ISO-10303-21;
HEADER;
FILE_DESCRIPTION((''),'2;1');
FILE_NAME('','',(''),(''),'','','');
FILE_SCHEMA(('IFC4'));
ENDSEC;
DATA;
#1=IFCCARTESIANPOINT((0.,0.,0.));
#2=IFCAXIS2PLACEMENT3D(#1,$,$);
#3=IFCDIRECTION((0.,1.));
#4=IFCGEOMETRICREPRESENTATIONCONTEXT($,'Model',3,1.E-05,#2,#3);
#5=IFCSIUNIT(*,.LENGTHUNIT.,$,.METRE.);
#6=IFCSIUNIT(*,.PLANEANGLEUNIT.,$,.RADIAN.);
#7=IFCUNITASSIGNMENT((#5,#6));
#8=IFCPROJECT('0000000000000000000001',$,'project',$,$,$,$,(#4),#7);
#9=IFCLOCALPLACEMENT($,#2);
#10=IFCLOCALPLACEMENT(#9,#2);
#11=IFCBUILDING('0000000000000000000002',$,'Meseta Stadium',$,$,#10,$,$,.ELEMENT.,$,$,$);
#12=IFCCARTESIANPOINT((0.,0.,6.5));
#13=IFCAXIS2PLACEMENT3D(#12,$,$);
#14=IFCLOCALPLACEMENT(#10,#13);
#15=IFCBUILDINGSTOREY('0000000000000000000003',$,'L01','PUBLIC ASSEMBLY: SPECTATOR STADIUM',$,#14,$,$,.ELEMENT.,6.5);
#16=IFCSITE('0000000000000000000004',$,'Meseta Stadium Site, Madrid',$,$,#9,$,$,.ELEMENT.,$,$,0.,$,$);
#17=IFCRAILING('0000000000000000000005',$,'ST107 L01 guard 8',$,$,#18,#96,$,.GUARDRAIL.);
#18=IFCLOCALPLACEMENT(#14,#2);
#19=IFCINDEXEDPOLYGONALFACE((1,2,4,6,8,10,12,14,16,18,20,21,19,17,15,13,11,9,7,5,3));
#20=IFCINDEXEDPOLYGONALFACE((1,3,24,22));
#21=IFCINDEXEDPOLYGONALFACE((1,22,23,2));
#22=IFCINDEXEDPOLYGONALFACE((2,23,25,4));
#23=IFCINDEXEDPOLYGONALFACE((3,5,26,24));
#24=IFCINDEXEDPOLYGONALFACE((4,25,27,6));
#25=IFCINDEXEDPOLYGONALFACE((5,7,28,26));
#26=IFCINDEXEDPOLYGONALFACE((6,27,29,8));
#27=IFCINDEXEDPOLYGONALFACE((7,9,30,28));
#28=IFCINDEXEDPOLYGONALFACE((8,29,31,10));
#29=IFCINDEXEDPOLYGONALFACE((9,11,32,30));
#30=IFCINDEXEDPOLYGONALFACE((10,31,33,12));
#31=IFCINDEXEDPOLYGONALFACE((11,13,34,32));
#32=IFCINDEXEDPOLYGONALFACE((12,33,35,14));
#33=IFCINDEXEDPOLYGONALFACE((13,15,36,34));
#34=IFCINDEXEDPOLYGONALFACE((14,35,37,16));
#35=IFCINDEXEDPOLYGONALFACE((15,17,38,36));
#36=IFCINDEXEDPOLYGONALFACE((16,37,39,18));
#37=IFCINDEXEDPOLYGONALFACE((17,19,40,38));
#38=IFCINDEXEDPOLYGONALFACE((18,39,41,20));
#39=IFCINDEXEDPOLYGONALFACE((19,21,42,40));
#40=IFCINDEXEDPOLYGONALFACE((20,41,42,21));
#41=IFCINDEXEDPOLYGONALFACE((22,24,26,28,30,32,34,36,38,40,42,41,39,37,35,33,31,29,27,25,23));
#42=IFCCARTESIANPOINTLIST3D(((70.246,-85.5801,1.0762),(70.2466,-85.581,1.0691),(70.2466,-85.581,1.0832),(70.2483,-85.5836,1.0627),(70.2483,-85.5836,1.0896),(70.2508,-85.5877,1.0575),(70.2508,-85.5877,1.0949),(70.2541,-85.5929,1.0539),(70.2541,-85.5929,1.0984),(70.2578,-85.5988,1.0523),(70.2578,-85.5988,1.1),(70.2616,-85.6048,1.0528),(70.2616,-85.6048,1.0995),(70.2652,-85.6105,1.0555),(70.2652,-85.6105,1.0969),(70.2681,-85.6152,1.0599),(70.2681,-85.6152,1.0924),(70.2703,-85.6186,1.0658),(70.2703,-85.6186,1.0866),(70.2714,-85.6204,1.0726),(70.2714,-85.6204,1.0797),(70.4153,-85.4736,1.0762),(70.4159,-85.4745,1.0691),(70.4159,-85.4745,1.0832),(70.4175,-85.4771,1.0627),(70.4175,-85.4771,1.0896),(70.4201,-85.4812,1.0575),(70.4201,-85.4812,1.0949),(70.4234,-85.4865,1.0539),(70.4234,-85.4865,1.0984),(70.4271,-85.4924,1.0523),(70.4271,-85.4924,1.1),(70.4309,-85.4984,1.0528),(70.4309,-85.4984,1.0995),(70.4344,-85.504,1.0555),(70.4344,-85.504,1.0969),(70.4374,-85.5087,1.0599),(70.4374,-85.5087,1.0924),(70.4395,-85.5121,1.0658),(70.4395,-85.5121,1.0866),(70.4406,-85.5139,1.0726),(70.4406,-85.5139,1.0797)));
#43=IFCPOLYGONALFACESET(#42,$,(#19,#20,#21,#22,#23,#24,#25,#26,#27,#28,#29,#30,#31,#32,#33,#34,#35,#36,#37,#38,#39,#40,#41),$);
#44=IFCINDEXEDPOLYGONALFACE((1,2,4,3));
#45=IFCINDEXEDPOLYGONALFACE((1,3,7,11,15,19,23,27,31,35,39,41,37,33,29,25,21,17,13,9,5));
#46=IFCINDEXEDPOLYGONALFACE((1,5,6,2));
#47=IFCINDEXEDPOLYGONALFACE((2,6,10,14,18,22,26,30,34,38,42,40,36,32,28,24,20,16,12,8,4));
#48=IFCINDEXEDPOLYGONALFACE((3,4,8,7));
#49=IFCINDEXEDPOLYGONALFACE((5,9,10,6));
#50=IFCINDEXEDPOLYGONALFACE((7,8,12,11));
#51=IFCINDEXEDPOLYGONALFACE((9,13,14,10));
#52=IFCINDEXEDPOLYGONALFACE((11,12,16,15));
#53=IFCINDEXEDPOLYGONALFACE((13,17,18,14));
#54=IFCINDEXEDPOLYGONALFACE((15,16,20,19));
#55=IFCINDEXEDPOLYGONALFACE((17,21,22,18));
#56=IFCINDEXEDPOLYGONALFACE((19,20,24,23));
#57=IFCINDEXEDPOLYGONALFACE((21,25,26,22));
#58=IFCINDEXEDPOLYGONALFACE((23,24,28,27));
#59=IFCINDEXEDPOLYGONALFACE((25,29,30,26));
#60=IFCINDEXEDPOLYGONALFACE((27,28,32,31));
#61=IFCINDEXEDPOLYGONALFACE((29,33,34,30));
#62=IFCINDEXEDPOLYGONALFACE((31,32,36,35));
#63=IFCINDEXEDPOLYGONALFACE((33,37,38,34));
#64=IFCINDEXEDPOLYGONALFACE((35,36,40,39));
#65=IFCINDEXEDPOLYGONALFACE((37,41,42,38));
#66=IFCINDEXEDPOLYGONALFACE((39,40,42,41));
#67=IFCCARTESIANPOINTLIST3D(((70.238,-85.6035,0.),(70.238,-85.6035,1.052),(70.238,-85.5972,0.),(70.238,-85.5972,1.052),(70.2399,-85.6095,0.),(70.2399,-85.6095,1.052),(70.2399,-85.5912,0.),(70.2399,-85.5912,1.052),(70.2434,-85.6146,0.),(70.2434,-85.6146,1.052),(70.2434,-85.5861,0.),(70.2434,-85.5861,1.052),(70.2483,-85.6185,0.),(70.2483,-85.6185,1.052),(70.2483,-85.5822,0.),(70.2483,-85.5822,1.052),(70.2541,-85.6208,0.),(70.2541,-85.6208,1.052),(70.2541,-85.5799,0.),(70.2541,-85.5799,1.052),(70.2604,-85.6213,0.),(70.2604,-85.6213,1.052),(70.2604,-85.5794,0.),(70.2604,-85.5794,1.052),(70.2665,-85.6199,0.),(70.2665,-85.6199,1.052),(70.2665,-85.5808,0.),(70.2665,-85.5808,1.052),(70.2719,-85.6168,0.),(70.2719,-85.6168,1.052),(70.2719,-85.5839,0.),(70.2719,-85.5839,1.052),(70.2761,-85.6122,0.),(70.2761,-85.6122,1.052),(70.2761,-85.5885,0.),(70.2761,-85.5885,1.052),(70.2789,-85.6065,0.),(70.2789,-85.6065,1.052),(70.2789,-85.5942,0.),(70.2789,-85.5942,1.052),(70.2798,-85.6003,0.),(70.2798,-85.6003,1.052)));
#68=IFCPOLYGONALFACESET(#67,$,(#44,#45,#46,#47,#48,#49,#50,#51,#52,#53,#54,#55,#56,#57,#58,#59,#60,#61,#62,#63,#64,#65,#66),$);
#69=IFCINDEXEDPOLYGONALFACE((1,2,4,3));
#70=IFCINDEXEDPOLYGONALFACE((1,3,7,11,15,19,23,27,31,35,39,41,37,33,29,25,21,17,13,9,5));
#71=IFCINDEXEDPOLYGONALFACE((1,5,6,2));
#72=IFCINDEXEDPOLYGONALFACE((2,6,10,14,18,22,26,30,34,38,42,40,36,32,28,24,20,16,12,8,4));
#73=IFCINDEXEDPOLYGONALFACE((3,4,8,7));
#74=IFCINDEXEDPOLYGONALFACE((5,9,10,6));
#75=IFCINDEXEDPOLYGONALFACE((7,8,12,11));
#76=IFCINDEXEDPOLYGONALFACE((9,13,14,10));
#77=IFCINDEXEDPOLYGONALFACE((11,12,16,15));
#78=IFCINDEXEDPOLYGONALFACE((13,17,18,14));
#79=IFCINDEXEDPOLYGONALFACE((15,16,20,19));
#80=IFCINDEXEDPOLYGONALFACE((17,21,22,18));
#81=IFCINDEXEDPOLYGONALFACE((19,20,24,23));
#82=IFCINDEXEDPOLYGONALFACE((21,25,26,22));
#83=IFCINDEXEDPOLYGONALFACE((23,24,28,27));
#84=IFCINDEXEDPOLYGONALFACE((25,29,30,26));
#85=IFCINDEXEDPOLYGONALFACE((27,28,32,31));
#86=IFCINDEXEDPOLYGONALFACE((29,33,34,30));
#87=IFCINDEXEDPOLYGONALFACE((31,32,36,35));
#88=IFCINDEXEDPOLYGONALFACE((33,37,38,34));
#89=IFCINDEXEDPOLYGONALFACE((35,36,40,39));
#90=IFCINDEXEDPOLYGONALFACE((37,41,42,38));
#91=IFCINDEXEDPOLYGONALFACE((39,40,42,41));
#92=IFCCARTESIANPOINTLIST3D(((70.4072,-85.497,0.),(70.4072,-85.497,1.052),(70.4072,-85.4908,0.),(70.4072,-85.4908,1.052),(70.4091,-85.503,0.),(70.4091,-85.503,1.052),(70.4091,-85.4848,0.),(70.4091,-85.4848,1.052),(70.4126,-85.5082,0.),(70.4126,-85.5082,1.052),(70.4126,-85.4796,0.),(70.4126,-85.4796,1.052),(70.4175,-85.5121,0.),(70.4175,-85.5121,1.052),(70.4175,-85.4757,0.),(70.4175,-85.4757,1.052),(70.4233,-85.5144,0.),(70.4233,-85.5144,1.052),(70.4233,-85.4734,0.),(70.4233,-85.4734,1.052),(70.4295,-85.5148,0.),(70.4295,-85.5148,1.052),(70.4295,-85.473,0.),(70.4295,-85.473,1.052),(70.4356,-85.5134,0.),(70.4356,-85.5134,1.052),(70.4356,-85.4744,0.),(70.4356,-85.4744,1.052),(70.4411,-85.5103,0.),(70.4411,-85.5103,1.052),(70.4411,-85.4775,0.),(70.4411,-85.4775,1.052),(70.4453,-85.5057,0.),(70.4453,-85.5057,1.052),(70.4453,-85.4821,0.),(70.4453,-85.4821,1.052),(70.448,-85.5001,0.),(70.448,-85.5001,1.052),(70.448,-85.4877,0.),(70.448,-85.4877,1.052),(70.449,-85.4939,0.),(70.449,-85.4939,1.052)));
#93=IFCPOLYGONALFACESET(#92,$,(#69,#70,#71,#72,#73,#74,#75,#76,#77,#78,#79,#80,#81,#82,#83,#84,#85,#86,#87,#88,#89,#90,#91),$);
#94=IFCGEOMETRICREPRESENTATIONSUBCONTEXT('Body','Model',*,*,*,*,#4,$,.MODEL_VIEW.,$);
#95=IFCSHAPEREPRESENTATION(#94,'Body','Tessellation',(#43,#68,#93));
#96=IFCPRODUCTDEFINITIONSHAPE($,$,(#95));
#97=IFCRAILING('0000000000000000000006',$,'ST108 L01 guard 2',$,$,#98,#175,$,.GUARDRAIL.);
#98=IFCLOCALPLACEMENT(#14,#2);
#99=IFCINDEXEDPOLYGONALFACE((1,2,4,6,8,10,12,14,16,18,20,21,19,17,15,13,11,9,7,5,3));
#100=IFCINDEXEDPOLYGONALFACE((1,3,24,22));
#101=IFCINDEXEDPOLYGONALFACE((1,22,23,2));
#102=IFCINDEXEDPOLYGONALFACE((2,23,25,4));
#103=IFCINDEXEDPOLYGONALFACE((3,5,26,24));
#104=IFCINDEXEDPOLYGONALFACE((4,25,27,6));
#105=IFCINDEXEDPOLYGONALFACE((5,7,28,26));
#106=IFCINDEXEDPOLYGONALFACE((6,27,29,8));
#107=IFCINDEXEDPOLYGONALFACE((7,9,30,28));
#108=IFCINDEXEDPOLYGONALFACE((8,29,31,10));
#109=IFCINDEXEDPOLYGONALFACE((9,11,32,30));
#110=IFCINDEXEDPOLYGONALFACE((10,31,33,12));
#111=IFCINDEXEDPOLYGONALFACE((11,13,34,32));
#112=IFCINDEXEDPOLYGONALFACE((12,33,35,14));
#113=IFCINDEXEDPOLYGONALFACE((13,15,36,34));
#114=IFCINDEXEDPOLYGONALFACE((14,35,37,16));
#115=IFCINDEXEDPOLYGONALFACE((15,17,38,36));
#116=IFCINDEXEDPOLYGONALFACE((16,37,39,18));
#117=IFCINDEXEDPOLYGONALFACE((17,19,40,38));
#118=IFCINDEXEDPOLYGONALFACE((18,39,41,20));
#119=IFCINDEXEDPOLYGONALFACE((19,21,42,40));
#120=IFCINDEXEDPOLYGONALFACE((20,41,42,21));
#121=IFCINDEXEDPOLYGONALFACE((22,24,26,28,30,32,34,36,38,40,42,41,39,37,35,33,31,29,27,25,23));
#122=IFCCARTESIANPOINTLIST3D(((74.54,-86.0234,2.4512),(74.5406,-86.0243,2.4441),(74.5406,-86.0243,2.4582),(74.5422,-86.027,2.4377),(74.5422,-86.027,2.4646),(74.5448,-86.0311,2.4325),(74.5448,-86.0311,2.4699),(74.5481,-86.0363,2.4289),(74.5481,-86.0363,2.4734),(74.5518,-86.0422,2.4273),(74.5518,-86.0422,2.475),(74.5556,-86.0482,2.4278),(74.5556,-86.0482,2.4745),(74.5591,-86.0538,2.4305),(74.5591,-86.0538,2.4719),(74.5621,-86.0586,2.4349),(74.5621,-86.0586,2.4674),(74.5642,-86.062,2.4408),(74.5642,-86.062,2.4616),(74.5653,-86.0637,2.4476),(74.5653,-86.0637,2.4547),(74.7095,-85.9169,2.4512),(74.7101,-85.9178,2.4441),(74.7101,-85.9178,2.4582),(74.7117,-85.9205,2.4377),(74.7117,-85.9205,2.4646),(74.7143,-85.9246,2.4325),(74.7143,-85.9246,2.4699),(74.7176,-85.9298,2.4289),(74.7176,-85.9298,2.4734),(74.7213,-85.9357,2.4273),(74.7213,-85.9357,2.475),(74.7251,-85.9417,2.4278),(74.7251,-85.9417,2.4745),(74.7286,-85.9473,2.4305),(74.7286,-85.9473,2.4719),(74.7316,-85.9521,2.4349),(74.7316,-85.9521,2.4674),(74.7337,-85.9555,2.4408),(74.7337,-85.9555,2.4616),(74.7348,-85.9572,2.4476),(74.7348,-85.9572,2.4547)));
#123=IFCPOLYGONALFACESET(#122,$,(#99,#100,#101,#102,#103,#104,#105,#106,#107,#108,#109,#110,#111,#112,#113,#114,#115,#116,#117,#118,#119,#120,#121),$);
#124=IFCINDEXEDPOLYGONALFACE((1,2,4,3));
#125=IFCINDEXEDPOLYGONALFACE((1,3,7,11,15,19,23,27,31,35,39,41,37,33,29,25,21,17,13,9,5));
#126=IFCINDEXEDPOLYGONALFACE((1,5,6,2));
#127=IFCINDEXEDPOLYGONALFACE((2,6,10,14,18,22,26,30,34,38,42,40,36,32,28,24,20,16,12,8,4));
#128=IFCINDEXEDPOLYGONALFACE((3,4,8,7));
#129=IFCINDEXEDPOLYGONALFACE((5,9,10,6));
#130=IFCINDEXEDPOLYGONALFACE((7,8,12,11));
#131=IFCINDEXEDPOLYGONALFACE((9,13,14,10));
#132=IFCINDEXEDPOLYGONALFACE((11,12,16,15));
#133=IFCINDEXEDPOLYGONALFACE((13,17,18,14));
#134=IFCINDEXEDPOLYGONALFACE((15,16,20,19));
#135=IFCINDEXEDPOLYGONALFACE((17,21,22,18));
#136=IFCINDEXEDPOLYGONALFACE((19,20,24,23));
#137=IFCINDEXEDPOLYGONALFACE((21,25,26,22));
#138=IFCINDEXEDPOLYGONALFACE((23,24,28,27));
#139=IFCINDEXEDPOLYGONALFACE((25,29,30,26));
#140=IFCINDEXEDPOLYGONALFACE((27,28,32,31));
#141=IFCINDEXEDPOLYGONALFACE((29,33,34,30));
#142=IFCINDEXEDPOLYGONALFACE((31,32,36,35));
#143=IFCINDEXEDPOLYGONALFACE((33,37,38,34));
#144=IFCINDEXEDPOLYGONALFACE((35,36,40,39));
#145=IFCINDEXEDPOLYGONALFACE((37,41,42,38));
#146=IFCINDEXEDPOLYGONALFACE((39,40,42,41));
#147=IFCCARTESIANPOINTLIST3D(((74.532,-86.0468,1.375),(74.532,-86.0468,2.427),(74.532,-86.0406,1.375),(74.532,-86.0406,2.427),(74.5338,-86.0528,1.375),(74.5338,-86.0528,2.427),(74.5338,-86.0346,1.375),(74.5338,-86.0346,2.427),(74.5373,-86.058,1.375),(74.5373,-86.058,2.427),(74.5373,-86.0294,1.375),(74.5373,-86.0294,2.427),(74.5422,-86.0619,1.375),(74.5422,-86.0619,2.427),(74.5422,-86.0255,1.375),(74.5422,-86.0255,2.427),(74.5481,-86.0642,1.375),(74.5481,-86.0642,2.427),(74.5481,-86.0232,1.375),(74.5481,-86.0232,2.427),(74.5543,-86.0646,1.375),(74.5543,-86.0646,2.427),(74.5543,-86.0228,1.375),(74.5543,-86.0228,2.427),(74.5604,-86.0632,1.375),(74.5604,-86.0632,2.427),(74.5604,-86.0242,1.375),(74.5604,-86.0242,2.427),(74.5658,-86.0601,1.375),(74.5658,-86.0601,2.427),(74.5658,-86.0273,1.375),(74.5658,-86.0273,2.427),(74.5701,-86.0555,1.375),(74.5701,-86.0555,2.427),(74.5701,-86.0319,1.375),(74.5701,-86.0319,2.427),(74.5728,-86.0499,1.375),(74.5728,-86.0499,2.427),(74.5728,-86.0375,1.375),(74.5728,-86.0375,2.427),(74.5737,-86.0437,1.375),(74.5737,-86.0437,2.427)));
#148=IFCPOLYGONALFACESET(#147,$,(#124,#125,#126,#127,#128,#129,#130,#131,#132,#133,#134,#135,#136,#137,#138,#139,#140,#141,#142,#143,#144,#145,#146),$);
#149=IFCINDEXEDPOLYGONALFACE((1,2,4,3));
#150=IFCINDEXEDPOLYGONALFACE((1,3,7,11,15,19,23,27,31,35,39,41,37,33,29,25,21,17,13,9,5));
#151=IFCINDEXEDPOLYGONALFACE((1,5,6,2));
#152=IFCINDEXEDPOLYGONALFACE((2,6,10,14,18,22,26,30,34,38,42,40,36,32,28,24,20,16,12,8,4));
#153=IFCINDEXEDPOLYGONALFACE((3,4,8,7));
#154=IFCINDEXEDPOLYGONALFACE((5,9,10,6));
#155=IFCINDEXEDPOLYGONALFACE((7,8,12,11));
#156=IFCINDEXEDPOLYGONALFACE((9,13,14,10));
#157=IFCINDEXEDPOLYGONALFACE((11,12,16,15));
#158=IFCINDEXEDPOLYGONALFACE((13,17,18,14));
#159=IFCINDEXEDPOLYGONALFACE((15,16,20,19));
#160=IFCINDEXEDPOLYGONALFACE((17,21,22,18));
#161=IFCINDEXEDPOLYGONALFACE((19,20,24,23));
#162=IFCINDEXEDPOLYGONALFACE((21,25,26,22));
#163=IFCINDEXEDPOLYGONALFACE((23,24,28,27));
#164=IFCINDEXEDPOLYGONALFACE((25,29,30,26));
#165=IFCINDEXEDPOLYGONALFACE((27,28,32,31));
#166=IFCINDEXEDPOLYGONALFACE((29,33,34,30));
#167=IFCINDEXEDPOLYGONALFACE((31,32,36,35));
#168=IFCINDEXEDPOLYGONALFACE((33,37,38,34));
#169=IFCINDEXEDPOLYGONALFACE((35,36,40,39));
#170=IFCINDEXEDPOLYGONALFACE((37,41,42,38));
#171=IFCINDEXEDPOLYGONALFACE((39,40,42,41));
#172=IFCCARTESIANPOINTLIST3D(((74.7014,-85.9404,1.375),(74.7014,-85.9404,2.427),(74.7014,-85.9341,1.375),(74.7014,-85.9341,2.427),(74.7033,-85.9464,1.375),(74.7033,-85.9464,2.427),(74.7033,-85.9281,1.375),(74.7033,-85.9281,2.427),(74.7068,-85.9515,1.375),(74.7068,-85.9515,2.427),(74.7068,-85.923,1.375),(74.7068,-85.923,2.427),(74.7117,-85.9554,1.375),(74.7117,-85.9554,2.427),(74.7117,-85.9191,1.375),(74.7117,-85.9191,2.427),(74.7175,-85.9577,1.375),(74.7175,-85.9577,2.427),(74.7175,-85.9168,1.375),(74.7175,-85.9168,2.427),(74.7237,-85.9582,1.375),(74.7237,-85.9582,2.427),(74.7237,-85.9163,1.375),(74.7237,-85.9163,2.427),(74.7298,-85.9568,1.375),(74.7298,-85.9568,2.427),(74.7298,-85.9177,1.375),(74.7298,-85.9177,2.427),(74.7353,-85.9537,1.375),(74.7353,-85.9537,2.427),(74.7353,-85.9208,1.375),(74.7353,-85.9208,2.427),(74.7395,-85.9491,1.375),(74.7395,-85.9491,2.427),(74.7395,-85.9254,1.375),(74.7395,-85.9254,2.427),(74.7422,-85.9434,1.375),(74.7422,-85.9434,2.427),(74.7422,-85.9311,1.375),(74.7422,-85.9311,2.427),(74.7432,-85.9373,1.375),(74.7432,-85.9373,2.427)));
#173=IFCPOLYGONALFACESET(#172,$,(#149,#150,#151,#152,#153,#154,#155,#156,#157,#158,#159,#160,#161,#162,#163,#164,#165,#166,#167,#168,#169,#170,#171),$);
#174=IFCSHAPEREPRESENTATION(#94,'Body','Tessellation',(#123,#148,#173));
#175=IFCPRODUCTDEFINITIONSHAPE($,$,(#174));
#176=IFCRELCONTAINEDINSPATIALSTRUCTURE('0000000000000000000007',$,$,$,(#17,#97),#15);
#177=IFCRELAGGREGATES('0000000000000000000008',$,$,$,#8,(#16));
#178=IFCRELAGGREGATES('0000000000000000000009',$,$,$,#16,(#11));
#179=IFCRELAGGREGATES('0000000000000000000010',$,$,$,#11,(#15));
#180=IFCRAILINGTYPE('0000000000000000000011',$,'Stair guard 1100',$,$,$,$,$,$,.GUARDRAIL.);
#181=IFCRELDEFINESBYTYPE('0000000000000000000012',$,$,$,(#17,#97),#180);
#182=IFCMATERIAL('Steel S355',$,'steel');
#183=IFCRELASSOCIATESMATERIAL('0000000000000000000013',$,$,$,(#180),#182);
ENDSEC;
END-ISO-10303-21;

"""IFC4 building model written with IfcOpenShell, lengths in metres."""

from ifc_helpers import new_model, si_unit, direction, frame, origin, origin_2d, place, context, subcontext, project, spatial, circle, extrude, material, type_object, element, save


model = new_model("IFC4")

# Units and contexts
model_context = context("Model", 3, precision=1e-05, world=origin(), true_north=direction((0.0, 1.0)))
body_context = subcontext(model_context, "Body", "Model", "MODEL_VIEW")
ifc_project = project(units=[si_unit("LENGTHUNIT", "METRE"), si_unit("PLANEANGLEUNIT", "RADIAN")], contexts=[model_context])

# Site, building, storey
site_placement = place(None, origin())
site = spatial("IfcSite", under=ifc_project, at=site_placement, Name="Meseta Stadium Site, Madrid", CompositionType="ELEMENT", RefElevation=0.0)
building_placement = place(site_placement, origin())
building = spatial("IfcBuilding", under=site, at=building_placement, Name="Meseta Stadium", CompositionType="ELEMENT")
storey_placement = place(building_placement, frame((0.0, 0.0, 6.5)))
storey = spatial("IfcBuildingStorey", under=building, at=storey_placement, Name="L01", Description="PUBLIC ASSEMBLY: SPECTATOR STADIUM", CompositionType="ELEMENT", Elevation=6.5)

# Railings
ifc_material_1 = material(Name="Steel S355", Category="steel")
railing_type_1 = type_object("IfcRailingType", Name="Stair guard 1100", PredefinedType="GUARDRAIL", material=ifc_material_1)
railing_1_placement = place(storey_placement, frame((70.2588, -85.6003, 0.0)))
element("IfcRailing", 1, at=railing_1_placement, inside=storey, type_object=railing_type_1, Name="ST107 L01 guard 8", PredefinedType="GUARDRAIL", context=body_context, shape_type="SweptSolid", body=[
    extrude(circle(Radius=0.0239, at=origin_2d()), frame((0.0, 0.0, 1.0762), z_axis=(0.846416, 0.532522, 0.0), x_axis=(-0.532522, 0.846416, 0.0)), (0.0, 0.0, 1.0), 0.2),
    extrude(circle(Radius=0.021, at=origin_2d()), origin(), (0.0, 0.0, 1.0), 1.052),
    extrude(circle(Radius=0.021, at=origin_2d()), frame((0.1692, 0.1064, 0.0)), (0.0, 0.0, 1.0), 1.052),
])
railing_2_placement = place(storey_placement, frame((74.5527, -86.0437, 1.375)))
element("IfcRailing", 2, at=railing_2_placement, inside=storey, type_object=railing_type_1, Name="ST108 L01 guard 2", PredefinedType="GUARDRAIL", context=body_context, shape_type="SweptSolid", body=[
    extrude(circle(Radius=0.0239, at=origin_2d()), frame((0.0, 0.0, 1.0762), z_axis=(0.846762, 0.531972, 0.0), x_axis=(-0.531972, 0.846762, 0.0)), (0.0, 0.0, 1.0), 0.2002),
    extrude(circle(Radius=0.021, at=origin_2d()), origin(), (0.0, 0.0, 1.0), 1.052),
    extrude(circle(Radius=0.021, at=origin_2d()), frame((0.1694, 0.1064, 0.0)), (0.0, 0.0, 1.0), 1.052),
])

save(model, "model.ifc")
